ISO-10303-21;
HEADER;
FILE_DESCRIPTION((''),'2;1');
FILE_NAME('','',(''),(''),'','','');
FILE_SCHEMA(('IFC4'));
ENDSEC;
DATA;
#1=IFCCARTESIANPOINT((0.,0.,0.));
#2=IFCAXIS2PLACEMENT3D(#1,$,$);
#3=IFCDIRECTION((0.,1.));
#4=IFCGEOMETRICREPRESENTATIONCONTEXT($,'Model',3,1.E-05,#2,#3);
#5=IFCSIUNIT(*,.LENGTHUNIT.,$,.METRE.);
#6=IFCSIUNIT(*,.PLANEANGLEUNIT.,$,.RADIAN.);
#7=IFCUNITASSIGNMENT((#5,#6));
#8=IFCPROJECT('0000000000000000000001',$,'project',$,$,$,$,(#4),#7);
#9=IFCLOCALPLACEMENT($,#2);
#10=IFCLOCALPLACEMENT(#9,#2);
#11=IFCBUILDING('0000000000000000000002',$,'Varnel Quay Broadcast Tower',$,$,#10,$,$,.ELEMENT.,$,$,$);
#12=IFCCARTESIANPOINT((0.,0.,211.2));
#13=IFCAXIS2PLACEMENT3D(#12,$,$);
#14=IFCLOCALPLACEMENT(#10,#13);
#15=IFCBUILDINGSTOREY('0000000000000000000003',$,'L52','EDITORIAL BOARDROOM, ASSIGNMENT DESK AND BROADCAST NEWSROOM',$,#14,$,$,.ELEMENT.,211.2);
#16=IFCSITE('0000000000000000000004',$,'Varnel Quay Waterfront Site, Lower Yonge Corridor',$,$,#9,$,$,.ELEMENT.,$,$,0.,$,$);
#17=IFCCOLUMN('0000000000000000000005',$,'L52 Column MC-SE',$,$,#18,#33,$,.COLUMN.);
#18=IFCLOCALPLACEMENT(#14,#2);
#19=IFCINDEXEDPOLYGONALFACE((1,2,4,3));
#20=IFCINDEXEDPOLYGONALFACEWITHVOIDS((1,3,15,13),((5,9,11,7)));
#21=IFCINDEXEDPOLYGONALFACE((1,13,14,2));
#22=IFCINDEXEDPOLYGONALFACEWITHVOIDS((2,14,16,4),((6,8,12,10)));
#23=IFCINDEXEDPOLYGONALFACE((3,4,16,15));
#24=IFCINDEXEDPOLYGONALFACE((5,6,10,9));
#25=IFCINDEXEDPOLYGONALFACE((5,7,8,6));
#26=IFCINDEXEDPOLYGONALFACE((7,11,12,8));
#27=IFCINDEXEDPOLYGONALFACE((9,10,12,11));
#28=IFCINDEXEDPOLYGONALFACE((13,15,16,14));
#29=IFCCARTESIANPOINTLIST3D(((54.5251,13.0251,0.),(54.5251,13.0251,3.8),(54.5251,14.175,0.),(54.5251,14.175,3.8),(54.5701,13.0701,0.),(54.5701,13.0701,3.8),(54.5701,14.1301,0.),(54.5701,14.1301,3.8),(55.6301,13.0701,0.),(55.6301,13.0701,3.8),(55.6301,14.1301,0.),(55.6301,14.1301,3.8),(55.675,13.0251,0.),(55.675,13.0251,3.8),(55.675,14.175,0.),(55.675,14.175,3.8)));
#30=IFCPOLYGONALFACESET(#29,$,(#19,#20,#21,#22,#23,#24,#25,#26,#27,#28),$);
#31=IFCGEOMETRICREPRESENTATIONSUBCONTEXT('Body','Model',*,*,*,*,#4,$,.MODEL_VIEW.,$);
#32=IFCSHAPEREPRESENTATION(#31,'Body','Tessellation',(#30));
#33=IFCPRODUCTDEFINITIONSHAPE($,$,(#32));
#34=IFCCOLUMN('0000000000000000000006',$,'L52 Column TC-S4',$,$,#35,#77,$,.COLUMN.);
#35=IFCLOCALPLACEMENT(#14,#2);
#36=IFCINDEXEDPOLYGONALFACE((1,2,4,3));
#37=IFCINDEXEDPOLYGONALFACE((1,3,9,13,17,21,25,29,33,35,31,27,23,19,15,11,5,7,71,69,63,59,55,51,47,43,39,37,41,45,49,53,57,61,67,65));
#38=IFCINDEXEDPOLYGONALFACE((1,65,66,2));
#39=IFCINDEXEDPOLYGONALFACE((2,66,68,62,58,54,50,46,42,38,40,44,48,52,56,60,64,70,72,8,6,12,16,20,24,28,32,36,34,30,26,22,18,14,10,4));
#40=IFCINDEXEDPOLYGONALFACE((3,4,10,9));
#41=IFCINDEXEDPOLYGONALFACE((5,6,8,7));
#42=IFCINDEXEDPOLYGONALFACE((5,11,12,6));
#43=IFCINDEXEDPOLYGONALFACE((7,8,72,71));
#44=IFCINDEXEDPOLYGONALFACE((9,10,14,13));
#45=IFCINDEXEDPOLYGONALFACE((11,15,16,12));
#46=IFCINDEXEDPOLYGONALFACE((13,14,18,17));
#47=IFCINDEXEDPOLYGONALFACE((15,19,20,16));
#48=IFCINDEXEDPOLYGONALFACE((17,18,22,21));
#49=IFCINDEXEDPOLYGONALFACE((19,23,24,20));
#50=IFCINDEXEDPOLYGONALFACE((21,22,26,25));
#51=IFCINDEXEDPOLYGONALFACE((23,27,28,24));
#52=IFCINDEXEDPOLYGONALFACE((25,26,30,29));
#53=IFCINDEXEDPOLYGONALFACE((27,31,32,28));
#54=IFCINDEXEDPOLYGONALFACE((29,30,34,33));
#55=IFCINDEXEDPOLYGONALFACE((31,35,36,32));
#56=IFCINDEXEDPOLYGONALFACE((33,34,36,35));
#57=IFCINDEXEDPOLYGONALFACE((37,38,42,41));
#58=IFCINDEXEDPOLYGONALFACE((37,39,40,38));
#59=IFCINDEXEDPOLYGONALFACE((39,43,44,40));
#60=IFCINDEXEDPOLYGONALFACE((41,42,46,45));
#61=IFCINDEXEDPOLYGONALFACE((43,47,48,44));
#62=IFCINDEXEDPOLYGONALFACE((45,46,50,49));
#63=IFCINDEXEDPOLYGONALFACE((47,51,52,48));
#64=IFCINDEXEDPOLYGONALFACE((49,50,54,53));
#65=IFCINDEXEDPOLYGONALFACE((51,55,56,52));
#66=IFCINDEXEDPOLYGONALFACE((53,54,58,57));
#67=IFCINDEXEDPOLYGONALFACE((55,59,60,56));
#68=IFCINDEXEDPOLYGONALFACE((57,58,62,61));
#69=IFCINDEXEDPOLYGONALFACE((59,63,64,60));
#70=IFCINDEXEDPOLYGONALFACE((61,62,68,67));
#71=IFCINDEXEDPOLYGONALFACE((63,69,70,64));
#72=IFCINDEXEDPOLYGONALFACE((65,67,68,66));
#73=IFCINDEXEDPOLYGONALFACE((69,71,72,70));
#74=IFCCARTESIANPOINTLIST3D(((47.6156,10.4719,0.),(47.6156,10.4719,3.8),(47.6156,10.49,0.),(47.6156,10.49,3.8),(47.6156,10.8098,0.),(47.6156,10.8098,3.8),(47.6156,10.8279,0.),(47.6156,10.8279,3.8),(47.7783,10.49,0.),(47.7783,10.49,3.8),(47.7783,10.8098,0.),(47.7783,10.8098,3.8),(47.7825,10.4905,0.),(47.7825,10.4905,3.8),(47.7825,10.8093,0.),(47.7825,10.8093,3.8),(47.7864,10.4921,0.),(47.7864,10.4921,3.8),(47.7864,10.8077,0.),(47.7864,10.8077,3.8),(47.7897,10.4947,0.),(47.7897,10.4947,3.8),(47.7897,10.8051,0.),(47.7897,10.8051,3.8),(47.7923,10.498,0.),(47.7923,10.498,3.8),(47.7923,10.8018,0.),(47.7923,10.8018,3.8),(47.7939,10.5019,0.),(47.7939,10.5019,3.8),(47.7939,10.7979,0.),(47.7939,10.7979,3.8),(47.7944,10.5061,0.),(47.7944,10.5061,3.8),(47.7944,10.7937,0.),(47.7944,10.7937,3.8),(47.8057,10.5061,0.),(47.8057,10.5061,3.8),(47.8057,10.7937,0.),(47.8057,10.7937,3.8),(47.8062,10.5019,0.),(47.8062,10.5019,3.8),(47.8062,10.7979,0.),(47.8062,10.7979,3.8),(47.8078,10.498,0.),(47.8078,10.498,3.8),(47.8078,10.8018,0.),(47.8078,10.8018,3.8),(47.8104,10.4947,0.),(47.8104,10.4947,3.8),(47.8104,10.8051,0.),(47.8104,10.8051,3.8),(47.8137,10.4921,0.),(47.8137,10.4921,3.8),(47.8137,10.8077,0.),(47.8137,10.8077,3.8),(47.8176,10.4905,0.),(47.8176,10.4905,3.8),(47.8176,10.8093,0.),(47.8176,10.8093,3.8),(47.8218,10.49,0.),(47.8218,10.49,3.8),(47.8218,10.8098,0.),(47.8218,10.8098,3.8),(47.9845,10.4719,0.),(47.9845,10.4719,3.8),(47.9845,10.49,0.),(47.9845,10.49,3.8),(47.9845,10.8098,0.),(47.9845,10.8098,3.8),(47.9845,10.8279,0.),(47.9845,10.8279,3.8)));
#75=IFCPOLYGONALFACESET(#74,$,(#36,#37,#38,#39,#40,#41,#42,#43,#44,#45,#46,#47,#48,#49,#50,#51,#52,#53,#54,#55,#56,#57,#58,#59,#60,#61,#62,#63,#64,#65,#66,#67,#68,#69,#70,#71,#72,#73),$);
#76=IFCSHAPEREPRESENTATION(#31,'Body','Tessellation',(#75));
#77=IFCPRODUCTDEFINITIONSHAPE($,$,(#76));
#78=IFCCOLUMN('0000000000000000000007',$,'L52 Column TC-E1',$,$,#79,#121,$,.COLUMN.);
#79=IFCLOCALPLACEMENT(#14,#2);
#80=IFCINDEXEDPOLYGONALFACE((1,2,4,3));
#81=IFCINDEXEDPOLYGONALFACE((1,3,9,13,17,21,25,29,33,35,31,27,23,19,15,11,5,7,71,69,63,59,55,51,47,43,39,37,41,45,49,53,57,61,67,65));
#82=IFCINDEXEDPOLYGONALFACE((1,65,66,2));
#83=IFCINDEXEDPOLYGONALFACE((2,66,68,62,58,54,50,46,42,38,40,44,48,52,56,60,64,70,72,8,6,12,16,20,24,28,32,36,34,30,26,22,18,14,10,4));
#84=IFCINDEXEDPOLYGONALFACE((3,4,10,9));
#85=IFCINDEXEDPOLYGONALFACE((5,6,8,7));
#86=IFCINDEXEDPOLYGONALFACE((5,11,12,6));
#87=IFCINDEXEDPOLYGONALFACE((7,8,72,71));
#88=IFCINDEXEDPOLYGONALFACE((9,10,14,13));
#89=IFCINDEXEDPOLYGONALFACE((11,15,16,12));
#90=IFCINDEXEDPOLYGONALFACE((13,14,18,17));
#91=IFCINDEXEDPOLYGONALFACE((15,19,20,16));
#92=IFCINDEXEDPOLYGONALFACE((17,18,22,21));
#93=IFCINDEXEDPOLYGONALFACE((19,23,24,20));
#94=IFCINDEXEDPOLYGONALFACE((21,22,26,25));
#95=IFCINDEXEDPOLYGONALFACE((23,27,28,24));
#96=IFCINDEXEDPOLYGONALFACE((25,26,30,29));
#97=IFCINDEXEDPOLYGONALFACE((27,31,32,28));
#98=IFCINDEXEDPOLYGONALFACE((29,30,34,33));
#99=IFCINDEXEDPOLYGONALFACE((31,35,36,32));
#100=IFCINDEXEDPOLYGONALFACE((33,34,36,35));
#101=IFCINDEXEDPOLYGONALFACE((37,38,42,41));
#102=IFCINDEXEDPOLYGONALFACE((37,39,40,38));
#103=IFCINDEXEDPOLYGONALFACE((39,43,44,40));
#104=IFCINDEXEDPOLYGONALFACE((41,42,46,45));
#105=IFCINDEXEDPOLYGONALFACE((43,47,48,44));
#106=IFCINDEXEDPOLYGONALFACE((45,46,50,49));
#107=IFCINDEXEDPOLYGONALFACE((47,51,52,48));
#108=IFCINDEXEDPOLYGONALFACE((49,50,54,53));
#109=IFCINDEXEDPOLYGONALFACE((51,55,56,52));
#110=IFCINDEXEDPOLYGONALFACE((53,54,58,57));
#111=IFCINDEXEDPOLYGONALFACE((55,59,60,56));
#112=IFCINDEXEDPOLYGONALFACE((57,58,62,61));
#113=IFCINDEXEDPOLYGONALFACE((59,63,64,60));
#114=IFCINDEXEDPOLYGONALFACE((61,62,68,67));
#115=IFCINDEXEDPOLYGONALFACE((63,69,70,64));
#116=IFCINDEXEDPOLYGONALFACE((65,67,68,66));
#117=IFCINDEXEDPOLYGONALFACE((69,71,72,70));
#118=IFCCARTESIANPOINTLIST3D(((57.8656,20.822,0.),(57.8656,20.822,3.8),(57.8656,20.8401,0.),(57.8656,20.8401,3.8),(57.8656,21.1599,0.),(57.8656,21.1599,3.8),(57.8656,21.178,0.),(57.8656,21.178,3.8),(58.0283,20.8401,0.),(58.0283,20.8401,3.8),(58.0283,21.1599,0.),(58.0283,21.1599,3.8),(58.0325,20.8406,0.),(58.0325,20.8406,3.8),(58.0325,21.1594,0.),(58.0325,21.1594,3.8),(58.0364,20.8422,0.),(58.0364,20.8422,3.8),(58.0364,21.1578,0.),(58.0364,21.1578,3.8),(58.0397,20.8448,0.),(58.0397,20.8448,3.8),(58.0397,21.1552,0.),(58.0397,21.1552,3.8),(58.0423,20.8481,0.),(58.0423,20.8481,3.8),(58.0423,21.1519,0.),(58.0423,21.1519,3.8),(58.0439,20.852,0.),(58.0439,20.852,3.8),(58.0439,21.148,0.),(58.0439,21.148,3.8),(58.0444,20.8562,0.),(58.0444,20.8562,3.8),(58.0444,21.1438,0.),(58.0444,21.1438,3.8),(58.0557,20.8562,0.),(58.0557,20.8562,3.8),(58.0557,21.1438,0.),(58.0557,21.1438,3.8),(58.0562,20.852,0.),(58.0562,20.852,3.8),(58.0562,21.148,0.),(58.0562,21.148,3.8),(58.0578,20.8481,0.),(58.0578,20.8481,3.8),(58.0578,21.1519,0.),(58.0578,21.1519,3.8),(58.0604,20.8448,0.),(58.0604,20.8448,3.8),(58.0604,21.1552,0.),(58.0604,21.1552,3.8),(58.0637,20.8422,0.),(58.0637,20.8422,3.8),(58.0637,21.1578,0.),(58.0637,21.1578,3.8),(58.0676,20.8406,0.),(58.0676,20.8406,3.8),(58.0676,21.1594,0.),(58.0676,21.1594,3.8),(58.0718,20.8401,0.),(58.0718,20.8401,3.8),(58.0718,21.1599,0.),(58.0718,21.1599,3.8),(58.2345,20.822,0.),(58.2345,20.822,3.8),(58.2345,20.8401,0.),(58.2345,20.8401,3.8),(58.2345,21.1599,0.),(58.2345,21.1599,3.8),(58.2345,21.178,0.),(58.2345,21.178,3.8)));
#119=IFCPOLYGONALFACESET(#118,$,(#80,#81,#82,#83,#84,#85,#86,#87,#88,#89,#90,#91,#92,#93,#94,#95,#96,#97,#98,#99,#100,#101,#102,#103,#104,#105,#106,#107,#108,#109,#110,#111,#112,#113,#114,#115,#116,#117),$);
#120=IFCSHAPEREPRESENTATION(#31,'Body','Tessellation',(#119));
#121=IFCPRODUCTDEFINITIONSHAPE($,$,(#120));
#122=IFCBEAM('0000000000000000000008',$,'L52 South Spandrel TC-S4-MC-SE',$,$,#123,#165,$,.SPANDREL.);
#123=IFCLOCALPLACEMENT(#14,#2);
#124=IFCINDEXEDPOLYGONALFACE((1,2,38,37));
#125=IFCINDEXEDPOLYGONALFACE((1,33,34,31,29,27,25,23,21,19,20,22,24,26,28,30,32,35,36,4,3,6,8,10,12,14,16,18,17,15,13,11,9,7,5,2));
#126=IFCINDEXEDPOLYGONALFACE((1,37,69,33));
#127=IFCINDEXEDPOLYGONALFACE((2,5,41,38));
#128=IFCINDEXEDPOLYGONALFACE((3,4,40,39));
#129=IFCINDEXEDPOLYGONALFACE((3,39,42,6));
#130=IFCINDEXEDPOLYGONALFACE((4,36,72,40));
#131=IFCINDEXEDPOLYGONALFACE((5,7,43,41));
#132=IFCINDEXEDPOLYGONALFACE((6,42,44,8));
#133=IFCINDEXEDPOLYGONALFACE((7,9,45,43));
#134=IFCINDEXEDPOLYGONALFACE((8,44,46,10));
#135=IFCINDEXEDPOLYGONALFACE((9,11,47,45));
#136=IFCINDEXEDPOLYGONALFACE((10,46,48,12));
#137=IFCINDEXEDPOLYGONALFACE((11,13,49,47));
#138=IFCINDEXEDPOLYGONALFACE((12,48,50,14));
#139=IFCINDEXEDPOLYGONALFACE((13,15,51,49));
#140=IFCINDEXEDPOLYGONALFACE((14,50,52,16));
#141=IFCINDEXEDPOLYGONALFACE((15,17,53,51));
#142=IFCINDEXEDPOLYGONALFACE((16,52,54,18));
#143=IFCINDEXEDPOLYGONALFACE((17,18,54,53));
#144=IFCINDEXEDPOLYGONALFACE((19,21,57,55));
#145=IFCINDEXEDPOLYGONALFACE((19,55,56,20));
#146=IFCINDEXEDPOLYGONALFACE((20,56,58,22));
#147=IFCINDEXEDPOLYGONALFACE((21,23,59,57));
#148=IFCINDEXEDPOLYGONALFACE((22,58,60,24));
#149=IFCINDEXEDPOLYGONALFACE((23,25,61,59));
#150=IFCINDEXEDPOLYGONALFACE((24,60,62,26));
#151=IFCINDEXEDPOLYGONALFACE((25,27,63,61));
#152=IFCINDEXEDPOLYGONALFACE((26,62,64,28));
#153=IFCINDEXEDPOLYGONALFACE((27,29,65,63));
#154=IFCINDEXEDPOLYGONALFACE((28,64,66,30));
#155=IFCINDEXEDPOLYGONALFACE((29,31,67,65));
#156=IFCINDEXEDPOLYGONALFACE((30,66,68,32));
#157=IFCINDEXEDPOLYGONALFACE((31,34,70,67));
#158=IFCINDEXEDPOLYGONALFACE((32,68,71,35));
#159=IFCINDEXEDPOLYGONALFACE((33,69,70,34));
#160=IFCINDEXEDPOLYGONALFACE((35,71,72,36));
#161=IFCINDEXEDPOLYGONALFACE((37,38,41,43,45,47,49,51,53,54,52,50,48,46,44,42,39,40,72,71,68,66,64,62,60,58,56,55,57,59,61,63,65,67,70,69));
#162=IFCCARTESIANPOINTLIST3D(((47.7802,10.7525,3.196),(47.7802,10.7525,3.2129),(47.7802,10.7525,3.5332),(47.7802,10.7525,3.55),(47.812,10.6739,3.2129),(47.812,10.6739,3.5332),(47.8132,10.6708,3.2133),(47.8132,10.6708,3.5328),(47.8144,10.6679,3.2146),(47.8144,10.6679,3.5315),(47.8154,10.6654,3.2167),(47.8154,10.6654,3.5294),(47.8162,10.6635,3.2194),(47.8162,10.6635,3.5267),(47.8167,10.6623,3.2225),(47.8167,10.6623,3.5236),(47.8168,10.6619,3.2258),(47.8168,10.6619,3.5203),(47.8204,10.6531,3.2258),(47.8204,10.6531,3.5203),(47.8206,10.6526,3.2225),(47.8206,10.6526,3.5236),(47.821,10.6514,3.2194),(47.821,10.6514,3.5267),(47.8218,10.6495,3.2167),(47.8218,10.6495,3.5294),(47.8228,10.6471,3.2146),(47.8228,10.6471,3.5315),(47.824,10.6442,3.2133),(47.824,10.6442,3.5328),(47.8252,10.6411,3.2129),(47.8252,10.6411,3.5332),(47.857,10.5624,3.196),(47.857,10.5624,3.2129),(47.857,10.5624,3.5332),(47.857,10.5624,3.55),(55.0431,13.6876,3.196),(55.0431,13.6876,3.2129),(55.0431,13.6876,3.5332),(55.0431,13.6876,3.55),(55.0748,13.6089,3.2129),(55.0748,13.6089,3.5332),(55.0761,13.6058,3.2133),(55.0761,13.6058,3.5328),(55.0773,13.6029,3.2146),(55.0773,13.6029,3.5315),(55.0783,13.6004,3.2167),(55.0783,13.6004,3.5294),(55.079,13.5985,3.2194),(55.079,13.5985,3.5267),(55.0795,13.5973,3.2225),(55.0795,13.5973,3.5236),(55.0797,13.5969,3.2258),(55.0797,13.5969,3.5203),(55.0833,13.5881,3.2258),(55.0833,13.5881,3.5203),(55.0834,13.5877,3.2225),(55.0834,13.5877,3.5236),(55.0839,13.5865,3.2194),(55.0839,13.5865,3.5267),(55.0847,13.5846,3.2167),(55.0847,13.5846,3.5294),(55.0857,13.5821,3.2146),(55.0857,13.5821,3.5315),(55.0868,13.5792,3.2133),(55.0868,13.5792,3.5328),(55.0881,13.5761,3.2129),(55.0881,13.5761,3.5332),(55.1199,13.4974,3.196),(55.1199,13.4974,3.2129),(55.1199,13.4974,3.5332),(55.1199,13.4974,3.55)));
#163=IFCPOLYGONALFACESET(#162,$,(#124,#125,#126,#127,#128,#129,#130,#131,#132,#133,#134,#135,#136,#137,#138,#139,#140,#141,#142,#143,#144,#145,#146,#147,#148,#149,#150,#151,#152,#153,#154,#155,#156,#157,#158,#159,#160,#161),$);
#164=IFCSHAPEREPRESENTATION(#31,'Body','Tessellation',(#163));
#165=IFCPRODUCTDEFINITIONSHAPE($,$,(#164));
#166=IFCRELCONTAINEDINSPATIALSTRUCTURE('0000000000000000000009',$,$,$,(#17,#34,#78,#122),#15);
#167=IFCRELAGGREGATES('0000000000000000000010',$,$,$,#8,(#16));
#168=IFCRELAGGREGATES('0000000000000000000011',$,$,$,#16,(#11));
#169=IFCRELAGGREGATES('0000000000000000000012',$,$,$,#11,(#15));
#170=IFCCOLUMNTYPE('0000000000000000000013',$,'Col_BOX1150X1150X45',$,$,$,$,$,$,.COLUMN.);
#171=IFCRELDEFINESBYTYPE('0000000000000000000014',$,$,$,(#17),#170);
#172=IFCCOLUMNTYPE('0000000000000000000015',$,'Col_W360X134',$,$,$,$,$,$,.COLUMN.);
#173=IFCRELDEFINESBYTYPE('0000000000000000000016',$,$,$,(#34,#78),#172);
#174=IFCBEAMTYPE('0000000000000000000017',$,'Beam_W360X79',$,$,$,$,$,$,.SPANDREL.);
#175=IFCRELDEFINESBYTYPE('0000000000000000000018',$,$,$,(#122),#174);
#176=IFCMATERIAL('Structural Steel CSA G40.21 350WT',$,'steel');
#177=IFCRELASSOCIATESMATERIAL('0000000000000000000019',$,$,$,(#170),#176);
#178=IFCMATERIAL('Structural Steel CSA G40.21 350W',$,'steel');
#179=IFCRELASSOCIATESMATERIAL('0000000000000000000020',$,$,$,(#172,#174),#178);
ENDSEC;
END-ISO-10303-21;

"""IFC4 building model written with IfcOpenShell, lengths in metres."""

from ifc_helpers import new_model, si_unit, direction, frame, origin, origin_2d, place, context, subcontext, project, spatial, hollow_rectangle, i_section, extrude, source, transform, mapped, material, material_profile, profile_set, type_object, type_shapes, element, save


model = new_model("IFC4")

# Units and contexts
model_context = context("Model", 3, precision=1e-05, world=origin(), true_north=direction((0.0, 1.0)))
body_context = subcontext(model_context, "Body", "Model", "MODEL_VIEW")
ifc_project = project(units=[si_unit("LENGTHUNIT", "METRE"), si_unit("PLANEANGLEUNIT", "RADIAN")], contexts=[model_context])

# Site, building, storey
site_placement = place(None, origin())
site = spatial("IfcSite", under=ifc_project, at=site_placement, Name="Varnel Quay Waterfront Site, Lower Yonge Corridor", CompositionType="ELEMENT", RefElevation=0.0)
building_placement = place(site_placement, origin())
building = spatial("IfcBuilding", under=site, at=building_placement, Name="Varnel Quay Broadcast Tower", CompositionType="ELEMENT")
storey_placement = place(building_placement, frame((0.0, 0.0, 211.2)))
storey = spatial("IfcBuildingStorey", under=building, at=storey_placement, Name="L52", Description="EDITORIAL BOARDROOM, ASSIGNMENT DESK AND BROADCAST NEWSROOM", CompositionType="ELEMENT", Elevation=211.2)

# Columns
ifc_material_1 = material(Name="Structural Steel CSA G40.21 350WT", Category="steel")
ifc_material_profile_1 = material_profile(ifc_material_1, hollow_rectangle(XDim=1.1499, YDim=1.1499, WallThickness=0.0449, at=origin_2d()), Name="BOX1150X1150X45")
ifc_profile_set_1 = profile_set([ifc_material_profile_1], Name="Structural Steel CSA G40.21 350WT")
column_type_1 = type_object("IfcColumnType", Name="Col_BOX1150X1150X45", PredefinedType="COLUMN", material=ifc_profile_set_1)
shared_shape_1 = source(origin(), body_context, "Body", "SweptSolid", [
    extrude(hollow_rectangle(XDim=1.1499, YDim=1.1499, WallThickness=0.0449, at=origin_2d()), origin(), (0.0, 0.0, 1.0), 3.8),
])
type_shapes(column_type_1, [shared_shape_1])
column_placement = place(storey_placement, frame((55.1001, 13.6001, 0.0), z_axis=(0.0, 0.0, 1.0), x_axis=(1.0, 0.0, 0.0)))
element("IfcColumn", 1, at=column_placement, inside=storey, type_object=column_type_1, Name="L52 Column MC-SE", PredefinedType="COLUMN", context=body_context, shape_type="MappedRepresentation", body=[
    mapped(shared_shape_1, transform((0.0, 0.0, 0.0), x_axis=(1.0, 0.0, 0.0), y_axis=(0.0, 1.0, 0.0), z_axis=(0.0, 0.0, 1.0), scale=1.0)),
])
ifc_material_2 = material(Name="Structural Steel CSA G40.21 350W", Category="steel")
ifc_material_profile_2 = material_profile(ifc_material_2, i_section(OverallWidth=0.3689, OverallDepth=0.356, WebThickness=0.0112, FlangeThickness=0.0181, FilletRadius=0.0161, at=origin_2d()), Name="W360X134")
ifc_profile_set_2 = profile_set([ifc_material_profile_2], Name="Structural Steel CSA G40.21 350W")
column_type_2 = type_object("IfcColumnType", Name="Col_W360X134", PredefinedType="COLUMN", material=ifc_profile_set_2)
shared_shape_2 = source(origin(), body_context, "Body", "SweptSolid", [
    extrude(i_section(OverallWidth=0.3689, OverallDepth=0.356, WebThickness=0.0112, FlangeThickness=0.0181, FilletRadius=0.0161, at=origin_2d()), origin(), (0.0, 0.0, 1.0), 3.8),
])
type_shapes(column_type_2, [shared_shape_2])
for number, where, z_axis, x_axis, name in (
    (2, (47.8, 10.6499, 0.0), (0.0, 0.0, 1.0), (1.0, 0.0, 0.0), "L52 Column TC-S4"),
    (3, (58.05, 21.0, 0.0), (0.0, 0.0, 1.0), (1.0, 0.0, 0.0), "L52 Column TC-E1"),
):
    element("IfcColumn", number, at=place(storey_placement, frame(where, z_axis=z_axis, x_axis=x_axis)), inside=storey, type_object=column_type_2, Name=name, PredefinedType="COLUMN", context=body_context, shape_type="MappedRepresentation", body=[
        mapped(shared_shape_2, transform((0.0, 0.0, 0.0), x_axis=(1.0, 0.0, 0.0), y_axis=(0.0, 1.0, 0.0), z_axis=(0.0, 0.0, 1.0), scale=1.0)),
    ])

# Beam
ifc_material_profile_3 = material_profile(ifc_material_2, i_section(OverallWidth=0.2051, OverallDepth=0.354, WebThickness=0.0095, FlangeThickness=0.0168, FilletRadius=0.0129, at=origin_2d()), Name="W360X79")
ifc_profile_set_3 = profile_set([ifc_material_profile_3], Name="Structural Steel CSA G40.21 350W")
beam_type_1 = type_object("IfcBeamType", Name="Beam_W360X79", PredefinedType="SPANDREL", material=ifc_profile_set_3)
shared_shape_3 = source(origin(), body_context, "Body", "SweptSolid", [
    extrude(i_section(OverallWidth=0.2051, OverallDepth=0.354, WebThickness=0.0095, FlangeThickness=0.0168, FilletRadius=0.0129, at=origin_2d()), origin(), (0.0, 0.0, 1.0), 7.8335),
])
beam_1_placement = place(storey_placement, frame((47.8186, 10.6575, 3.373), z_axis=(0.927155, 0.374677, 0.0), x_axis=(-0.374677, 0.927155, 0.0)))
element("IfcBeam", 4, at=beam_1_placement, inside=storey, type_object=beam_type_1, Name="L52 South Spandrel TC-S4-MC-SE", PredefinedType="SPANDREL", context=body_context, shape_type="MappedRepresentation", body=[
    mapped(shared_shape_3, transform((0.0, 0.0, 0.0), x_axis=(1.0, 0.0, 0.0), y_axis=(0.0, 1.0, 0.0), z_axis=(0.0, 0.0, 1.0), scale=1.0)),
])

save(model, "model.ifc")
